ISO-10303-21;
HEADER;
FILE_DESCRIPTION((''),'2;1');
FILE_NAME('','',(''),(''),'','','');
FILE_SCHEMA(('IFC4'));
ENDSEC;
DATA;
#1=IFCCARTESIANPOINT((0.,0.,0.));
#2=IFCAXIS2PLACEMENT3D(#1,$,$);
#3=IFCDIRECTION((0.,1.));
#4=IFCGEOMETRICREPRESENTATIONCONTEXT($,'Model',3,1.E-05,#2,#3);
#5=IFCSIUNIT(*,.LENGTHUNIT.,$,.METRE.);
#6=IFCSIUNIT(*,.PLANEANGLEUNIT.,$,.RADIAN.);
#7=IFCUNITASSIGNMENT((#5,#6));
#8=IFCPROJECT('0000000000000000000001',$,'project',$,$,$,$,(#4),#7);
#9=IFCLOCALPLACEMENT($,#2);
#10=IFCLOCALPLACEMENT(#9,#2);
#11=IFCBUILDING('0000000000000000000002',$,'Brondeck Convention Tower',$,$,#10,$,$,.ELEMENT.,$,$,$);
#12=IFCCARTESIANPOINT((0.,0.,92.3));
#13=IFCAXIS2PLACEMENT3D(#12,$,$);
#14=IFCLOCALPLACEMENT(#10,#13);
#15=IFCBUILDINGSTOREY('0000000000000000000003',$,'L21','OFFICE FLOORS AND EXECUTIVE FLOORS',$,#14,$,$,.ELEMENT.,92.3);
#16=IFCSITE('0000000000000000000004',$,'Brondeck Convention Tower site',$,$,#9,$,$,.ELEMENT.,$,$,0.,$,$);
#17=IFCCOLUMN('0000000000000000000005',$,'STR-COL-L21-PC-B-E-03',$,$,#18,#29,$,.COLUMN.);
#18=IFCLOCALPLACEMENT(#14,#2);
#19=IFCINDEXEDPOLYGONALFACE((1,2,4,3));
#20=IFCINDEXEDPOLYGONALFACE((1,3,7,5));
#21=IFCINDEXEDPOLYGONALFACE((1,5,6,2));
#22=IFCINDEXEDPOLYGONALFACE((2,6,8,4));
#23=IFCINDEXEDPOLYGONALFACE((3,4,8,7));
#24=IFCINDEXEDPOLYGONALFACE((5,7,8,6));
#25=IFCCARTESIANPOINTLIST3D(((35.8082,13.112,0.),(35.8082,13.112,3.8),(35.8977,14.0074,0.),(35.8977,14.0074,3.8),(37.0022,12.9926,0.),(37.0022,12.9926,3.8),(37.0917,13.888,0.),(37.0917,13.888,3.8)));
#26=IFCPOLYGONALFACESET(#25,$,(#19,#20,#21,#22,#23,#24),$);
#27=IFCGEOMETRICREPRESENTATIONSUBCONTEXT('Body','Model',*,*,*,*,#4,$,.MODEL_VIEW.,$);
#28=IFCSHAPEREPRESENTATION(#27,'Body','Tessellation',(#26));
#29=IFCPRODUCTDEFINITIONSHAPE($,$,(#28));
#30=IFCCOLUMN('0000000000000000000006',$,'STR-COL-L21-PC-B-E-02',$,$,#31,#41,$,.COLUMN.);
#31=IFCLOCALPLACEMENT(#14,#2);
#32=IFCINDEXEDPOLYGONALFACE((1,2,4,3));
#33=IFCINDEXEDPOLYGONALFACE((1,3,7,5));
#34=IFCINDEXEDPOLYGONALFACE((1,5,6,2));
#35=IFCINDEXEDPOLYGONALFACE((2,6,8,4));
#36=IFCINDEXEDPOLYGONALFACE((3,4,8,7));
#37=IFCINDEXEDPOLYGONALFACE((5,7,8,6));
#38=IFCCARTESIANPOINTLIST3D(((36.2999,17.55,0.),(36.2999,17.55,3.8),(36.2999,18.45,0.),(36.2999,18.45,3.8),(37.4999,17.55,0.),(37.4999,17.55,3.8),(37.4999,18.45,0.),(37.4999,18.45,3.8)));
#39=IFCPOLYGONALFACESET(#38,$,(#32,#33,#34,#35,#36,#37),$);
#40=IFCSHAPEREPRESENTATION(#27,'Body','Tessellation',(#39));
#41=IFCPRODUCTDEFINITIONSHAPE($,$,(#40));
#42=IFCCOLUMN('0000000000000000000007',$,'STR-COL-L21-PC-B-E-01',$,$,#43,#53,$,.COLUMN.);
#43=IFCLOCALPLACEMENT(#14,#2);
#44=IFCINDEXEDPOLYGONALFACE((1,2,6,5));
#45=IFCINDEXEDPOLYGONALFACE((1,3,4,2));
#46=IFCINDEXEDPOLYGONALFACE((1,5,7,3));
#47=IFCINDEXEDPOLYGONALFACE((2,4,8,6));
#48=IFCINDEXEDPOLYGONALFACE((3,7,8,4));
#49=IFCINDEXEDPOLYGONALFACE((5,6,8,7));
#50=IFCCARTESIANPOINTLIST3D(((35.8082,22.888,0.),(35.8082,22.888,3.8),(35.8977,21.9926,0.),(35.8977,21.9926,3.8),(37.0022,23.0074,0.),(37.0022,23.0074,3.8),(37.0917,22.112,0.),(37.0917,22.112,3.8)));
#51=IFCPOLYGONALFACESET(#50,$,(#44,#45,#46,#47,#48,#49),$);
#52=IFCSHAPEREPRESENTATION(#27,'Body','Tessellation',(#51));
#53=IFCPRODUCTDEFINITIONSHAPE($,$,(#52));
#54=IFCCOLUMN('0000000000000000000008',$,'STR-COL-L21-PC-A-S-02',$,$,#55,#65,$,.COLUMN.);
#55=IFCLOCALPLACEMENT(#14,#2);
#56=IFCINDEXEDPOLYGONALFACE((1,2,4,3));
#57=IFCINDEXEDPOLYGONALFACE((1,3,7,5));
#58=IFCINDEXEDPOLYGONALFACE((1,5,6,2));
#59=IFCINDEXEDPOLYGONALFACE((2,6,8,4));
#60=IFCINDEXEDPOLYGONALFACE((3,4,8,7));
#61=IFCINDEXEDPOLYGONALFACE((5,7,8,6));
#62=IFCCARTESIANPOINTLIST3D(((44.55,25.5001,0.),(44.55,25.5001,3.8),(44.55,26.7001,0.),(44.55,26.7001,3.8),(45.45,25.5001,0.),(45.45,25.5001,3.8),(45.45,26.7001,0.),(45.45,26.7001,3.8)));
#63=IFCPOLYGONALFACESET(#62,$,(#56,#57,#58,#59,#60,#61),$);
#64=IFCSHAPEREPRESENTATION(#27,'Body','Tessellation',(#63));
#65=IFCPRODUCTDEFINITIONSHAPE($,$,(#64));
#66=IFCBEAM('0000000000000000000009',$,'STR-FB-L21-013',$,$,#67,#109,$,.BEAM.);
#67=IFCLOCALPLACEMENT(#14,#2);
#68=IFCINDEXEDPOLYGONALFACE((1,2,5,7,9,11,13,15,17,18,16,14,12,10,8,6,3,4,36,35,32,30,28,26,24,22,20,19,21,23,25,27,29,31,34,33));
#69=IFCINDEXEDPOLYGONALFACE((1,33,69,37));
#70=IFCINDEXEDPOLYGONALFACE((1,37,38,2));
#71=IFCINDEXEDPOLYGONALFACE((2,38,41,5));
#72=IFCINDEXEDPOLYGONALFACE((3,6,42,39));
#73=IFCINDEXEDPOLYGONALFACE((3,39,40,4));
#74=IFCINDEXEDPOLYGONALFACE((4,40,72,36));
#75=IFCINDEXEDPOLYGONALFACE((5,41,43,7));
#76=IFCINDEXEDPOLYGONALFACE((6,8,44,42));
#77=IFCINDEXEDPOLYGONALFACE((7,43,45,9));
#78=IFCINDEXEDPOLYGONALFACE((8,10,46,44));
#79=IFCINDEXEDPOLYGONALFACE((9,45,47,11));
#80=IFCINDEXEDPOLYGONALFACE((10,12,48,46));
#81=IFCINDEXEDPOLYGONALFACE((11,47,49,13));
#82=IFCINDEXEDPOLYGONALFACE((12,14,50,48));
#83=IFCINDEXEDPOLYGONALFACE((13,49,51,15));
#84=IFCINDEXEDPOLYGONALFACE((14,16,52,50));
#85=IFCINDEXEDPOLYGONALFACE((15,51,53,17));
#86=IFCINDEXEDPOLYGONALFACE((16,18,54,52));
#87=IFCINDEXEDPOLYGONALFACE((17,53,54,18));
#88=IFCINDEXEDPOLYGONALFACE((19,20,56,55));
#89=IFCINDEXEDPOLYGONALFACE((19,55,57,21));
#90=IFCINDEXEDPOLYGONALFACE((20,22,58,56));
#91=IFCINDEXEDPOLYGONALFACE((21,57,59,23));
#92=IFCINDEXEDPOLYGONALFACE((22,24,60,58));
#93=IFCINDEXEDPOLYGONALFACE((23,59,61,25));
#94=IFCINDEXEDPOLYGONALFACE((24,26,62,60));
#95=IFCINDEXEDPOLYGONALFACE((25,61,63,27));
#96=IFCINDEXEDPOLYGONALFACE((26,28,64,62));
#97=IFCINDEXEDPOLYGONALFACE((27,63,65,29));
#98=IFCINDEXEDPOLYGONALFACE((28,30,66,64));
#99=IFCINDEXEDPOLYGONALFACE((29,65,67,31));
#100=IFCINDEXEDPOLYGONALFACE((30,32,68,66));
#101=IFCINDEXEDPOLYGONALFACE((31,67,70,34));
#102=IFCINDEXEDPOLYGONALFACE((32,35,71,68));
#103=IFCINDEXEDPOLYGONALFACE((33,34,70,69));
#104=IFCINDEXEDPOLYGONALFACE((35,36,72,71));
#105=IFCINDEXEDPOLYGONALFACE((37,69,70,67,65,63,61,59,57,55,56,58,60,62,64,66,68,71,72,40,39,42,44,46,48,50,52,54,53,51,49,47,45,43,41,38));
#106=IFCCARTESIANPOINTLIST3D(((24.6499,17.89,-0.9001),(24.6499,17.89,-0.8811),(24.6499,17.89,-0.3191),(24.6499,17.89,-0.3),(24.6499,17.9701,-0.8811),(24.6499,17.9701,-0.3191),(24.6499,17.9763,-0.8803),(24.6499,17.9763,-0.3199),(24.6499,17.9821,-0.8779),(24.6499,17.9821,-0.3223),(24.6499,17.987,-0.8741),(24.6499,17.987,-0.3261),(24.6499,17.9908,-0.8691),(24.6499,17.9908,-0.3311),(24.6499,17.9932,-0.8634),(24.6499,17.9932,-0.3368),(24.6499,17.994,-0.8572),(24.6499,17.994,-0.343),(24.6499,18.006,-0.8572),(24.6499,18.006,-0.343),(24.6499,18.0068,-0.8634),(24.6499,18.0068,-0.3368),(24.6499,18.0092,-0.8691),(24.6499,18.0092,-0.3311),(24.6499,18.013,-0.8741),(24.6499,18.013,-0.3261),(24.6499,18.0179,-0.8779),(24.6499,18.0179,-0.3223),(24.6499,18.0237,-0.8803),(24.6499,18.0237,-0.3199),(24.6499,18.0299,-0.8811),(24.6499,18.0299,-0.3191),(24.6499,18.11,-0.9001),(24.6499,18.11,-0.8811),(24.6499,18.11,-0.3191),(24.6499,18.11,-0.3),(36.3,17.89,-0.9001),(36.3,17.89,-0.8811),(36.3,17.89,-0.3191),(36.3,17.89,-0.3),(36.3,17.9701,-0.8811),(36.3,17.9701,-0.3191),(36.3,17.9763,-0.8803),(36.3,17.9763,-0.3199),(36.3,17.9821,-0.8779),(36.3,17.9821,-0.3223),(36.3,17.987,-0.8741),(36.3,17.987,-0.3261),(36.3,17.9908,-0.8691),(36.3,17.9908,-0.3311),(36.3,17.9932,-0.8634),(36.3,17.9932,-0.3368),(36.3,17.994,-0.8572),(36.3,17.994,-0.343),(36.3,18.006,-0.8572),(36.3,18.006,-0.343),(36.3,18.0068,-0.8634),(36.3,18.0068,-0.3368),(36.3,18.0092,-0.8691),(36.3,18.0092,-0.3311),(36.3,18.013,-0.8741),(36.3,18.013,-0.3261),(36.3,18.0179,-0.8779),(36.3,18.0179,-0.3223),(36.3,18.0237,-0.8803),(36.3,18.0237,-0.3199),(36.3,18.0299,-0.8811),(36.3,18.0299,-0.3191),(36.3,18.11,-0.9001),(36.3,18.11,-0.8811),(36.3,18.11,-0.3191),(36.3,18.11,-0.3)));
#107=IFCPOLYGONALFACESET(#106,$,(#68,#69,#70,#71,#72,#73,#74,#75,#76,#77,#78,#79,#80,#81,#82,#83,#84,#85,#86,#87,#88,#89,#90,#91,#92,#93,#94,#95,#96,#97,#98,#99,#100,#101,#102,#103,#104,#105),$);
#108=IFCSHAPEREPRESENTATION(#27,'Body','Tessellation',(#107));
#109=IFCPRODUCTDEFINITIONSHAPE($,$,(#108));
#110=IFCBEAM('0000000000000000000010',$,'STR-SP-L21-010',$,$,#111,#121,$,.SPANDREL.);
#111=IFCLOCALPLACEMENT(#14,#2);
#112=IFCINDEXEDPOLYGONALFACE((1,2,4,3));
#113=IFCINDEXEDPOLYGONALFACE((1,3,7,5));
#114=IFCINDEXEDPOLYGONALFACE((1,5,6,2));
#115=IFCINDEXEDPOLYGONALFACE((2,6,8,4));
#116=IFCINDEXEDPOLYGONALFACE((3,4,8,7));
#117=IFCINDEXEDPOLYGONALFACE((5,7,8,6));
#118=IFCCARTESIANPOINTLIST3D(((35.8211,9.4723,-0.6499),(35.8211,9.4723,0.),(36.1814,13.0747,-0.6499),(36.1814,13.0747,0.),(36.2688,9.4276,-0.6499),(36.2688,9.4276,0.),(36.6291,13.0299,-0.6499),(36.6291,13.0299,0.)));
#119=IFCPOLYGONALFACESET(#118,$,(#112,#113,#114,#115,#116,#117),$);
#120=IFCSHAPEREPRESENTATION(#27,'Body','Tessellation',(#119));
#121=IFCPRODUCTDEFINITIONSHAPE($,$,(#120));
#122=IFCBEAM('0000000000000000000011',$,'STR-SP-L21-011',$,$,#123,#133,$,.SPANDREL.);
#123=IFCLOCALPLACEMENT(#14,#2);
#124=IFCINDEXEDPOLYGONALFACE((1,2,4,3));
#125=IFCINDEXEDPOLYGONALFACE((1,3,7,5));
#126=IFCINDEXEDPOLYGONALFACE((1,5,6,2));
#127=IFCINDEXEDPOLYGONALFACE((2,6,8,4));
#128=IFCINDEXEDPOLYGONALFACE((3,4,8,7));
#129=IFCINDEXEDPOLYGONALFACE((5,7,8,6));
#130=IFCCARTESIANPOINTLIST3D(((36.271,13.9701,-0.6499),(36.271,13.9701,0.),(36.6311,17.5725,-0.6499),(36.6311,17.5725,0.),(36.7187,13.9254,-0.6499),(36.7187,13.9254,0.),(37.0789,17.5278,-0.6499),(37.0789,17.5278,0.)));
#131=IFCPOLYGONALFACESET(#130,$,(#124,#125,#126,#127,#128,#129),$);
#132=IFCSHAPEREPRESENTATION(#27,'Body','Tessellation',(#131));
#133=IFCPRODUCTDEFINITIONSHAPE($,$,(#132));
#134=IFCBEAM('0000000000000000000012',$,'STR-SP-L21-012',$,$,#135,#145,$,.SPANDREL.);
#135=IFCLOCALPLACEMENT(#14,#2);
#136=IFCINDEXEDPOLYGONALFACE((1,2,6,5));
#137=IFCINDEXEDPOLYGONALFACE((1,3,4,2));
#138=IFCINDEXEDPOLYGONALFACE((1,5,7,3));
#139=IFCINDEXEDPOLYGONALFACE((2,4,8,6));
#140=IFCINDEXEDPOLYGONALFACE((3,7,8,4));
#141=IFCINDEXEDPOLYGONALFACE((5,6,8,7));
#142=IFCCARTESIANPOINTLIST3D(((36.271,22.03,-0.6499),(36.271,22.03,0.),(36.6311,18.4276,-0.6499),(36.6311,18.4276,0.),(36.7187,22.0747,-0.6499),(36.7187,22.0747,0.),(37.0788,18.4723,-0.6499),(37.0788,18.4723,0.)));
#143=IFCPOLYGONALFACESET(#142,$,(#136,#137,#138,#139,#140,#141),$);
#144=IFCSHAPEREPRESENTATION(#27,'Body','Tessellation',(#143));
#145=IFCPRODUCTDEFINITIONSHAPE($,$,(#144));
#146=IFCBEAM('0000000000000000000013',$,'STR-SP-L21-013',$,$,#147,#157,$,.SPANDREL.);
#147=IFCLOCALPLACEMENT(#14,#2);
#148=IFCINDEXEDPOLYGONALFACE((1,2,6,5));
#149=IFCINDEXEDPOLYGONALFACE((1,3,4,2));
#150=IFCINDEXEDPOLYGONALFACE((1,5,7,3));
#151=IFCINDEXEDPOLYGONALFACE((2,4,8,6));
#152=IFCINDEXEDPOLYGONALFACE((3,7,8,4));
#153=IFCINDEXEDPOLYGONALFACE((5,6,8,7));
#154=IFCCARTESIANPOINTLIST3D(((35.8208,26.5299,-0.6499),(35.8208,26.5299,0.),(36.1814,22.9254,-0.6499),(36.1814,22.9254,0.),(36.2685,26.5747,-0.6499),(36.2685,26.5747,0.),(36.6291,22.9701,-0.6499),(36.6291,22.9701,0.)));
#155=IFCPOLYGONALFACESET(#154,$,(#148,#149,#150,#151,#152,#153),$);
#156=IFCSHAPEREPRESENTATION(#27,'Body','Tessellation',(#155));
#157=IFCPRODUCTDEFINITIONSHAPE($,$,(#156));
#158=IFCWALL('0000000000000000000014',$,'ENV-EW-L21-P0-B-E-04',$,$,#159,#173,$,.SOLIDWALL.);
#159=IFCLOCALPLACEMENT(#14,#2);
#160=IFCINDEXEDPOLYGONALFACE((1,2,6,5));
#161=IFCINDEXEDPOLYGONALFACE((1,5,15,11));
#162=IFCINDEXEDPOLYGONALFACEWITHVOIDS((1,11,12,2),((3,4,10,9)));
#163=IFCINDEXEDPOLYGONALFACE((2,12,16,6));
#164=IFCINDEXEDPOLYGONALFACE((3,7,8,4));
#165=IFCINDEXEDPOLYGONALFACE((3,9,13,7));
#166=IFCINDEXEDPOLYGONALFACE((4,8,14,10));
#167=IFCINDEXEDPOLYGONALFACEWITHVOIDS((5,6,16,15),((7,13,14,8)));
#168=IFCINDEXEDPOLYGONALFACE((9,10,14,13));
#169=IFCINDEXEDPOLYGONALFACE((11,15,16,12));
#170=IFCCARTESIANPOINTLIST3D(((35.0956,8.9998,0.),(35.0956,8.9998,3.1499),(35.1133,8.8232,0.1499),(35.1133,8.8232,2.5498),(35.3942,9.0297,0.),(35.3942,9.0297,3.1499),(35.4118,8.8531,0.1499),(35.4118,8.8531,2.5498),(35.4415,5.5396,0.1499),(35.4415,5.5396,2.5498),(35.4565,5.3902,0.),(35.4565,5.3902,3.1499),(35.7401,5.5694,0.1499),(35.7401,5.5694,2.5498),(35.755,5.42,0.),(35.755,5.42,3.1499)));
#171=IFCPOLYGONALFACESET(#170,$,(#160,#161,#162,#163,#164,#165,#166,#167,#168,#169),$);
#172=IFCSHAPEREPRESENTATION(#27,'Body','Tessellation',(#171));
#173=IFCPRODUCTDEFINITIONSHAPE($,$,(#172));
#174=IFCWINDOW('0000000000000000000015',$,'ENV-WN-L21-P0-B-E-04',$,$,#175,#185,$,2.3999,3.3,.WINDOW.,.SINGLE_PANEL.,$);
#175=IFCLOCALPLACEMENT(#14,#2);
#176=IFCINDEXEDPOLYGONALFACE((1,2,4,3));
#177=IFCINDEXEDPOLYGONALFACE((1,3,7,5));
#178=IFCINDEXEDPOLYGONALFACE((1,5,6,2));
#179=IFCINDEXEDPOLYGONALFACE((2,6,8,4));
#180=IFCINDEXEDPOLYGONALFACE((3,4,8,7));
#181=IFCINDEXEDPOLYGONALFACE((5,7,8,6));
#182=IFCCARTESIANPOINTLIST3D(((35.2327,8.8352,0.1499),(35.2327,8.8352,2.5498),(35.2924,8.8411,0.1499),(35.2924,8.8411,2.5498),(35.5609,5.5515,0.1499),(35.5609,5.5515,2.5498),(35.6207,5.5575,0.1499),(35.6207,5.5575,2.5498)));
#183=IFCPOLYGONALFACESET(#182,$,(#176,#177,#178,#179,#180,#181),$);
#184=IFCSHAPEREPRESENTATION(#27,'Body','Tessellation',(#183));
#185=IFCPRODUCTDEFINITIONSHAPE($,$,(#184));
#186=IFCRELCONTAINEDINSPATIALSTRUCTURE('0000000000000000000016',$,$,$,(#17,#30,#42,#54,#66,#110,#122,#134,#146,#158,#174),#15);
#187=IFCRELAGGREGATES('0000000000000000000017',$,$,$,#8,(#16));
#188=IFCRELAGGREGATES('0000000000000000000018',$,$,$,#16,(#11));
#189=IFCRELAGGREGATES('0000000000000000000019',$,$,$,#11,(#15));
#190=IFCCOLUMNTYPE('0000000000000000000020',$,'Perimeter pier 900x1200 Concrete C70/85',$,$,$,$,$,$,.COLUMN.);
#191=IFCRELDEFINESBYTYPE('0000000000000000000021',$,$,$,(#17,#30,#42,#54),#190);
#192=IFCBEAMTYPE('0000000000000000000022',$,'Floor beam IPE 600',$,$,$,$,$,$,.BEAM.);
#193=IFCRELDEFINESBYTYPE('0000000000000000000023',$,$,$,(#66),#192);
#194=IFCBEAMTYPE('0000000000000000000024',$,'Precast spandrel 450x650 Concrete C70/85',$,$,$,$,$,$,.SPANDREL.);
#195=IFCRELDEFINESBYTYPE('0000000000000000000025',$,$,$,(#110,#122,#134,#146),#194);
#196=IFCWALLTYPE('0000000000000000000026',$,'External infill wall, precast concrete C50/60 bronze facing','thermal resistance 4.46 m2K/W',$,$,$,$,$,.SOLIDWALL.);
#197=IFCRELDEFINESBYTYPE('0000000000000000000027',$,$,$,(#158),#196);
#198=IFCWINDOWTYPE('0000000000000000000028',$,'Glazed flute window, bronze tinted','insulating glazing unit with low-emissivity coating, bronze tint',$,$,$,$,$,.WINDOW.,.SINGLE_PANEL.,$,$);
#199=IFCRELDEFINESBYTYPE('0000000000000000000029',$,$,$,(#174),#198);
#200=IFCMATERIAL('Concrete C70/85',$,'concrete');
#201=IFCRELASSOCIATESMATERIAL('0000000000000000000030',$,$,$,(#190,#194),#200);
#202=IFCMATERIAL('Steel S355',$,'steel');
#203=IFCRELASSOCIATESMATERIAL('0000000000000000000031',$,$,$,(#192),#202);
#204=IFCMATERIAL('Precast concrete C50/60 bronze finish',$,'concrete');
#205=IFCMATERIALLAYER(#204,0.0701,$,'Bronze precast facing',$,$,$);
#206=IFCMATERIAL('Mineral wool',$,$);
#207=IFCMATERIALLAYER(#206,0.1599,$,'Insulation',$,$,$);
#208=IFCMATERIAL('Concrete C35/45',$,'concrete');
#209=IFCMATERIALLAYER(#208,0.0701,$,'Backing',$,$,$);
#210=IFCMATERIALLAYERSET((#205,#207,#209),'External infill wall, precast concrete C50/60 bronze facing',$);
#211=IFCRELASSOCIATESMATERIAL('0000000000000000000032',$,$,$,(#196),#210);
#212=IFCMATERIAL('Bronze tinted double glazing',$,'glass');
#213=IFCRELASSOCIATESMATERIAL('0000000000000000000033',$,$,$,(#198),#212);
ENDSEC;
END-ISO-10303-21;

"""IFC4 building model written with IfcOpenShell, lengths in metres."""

from ifc_helpers import new_model, si_unit, direction, frame, frame_2d, origin, origin_2d, place, context, subcontext, project, spatial, rectangle, i_section, extrude, material, layer, layer_set, material_profile, profile_set, type_object, element, fill, save


model = new_model("IFC4")

# Units and contexts
model_context = context("Model", 3, precision=1e-05, world=origin(), true_north=direction((0.0, 1.0)))
body_context = subcontext(model_context, "Body", "Model", "MODEL_VIEW")
ifc_project = project(units=[si_unit("LENGTHUNIT", "METRE"), si_unit("PLANEANGLEUNIT", "RADIAN")], contexts=[model_context])

# Site, building, storey
site_placement = place(None, origin())
site = spatial("IfcSite", under=ifc_project, at=site_placement, Name="Brondeck Convention Tower site", CompositionType="ELEMENT", RefElevation=0.0)
building_placement = place(site_placement, origin())
building = spatial("IfcBuilding", under=site, at=building_placement, Name="Brondeck Convention Tower", CompositionType="ELEMENT")
storey_placement = place(building_placement, frame((0.0, 0.0, 92.3)))
storey = spatial("IfcBuildingStorey", under=building, at=storey_placement, Name="L21", Description="OFFICE FLOORS AND EXECUTIVE FLOORS", CompositionType="ELEMENT", Elevation=92.3)

# Columns
ifc_material_1 = material(Name="Concrete C70/85", Category="concrete")
ifc_material_profile_1 = material_profile(ifc_material_1, rectangle(XDim=0.8999, YDim=1.2, at=origin_2d()), Name="Perimeter pier 900x1200 Concrete C70/85")
ifc_profile_set_1 = profile_set([ifc_material_profile_1], Name="Concrete C70/85")
column_type = type_object("IfcColumnType", Name="Perimeter pier 900x1200 Concrete C70/85", PredefinedType="COLUMN", material=ifc_profile_set_1)
for number, where, z_axis, x_axis, name in (
    (1, (36.45, 13.5, 0.0), (0.0, 0.0, 1.0), (0.099504, 0.995037, 0.0), "STR-COL-L21-PC-B-E-03"),
    (2, (36.8999, 18.0, 0.0), (0.0, 0.0, 1.0), (0.0, 1.0, 0.0), "STR-COL-L21-PC-B-E-02"),
    (3, (36.45, 22.5, 0.0), (0.0, 0.0, 1.0), (-0.099504, 0.995037, 0.0), "STR-COL-L21-PC-B-E-01"),
    (4, (45.0, 26.1001, 0.0), (0.0, 0.0, 1.0), (1.0, 0.0, 0.0), "STR-COL-L21-PC-A-S-02"),
):
    element("IfcColumn", number, at=place(storey_placement, frame(where, z_axis=z_axis, x_axis=x_axis)), inside=storey, type_object=column_type, Name=name, PredefinedType="COLUMN", context=body_context, shape_type="SweptSolid", body=[
        extrude(rectangle(XDim=0.8999, YDim=1.2, at=origin_2d()), origin(), (0.0, 0.0, 1.0), 3.8),
    ])

# Beams
ifc_material_2 = material(Name="Steel S355", Category="steel")
ifc_material_profile_2 = material_profile(ifc_material_2, i_section(OverallWidth=0.22, OverallDepth=0.6001, WebThickness=0.012, FlangeThickness=0.019, FilletRadius=0.0239, at=origin_2d()), Name="IPE 600")
ifc_profile_set_2 = profile_set([ifc_material_profile_2], Name="Steel S355")
beam_type_1 = type_object("IfcBeamType", Name="Floor beam IPE 600", PredefinedType="BEAM", material=ifc_profile_set_2)
beam_1_placement = place(storey_placement, frame((24.6499, 18.0, -0.6001), z_axis=(1.0, 0.0, 0.0), x_axis=(0.0, 1.0, 0.0)))
element("IfcBeam", 5, at=beam_1_placement, inside=storey, type_object=beam_type_1, Name="STR-FB-L21-013", PredefinedType="BEAM", context=body_context, shape_type="SweptSolid", body=[
    extrude(i_section(OverallWidth=0.22, OverallDepth=0.6001, WebThickness=0.012, FlangeThickness=0.019, FilletRadius=0.0239, at=origin_2d()), origin(), (0.0, 0.0, 1.0), 11.6501),
])
ifc_material_profile_3 = material_profile(ifc_material_1, rectangle(XDim=0.45, YDim=0.6499, at=origin_2d()), Name="Precast spandrel 450x650 Concrete C70/85")
ifc_profile_set_3 = profile_set([ifc_material_profile_3], Name="Concrete C70/85")
beam_type_2 = type_object("IfcBeamType", Name="Precast spandrel 450x650 Concrete C70/85", PredefinedType="SPANDREL", material=ifc_profile_set_3)
for number, where, z_axis, x_axis, name in (
    (6, (36.0449, 9.45, -0.325), (0.099537, 0.995034, 0.0), (-0.995034, 0.099537, 0.0), "STR-SP-L21-010"),
    (7, (36.4949, 13.9478, -0.325), (0.09947, 0.995041, 0.0), (-0.995041, 0.09947, 0.0), "STR-SP-L21-011"),
    (8, (36.855, 18.45, -0.325), (-0.09947, 0.995041, 0.0), (-0.995041, -0.09947, 0.0), "STR-SP-L21-012"),
):
    element("IfcBeam", number, at=place(storey_placement, frame(where, z_axis=z_axis, x_axis=x_axis)), inside=storey, type_object=beam_type_2, Name=name, PredefinedType="SPANDREL", context=body_context, shape_type="SweptSolid", body=[
        extrude(rectangle(XDim=0.45, YDim=0.6499, at=origin_2d()), origin(), (0.0, 0.0, 1.0), 3.6204),
    ])
beam_2_placement = place(storey_placement, frame((36.4053, 22.9478, -0.325), z_axis=(-0.099544, 0.995033, 0.0), x_axis=(-0.995033, -0.099544, 0.0)))
element("IfcBeam", 9, at=beam_2_placement, inside=storey, type_object=beam_type_2, Name="STR-SP-L21-013", PredefinedType="SPANDREL", context=body_context, shape_type="SweptSolid", body=[
    extrude(rectangle(XDim=0.45, YDim=0.6499, at=origin_2d()), origin(), (0.0, 0.0, 1.0), 3.6226),
])

# Wall, opening, window
ifc_material_3 = material(Name="Precast concrete C50/60 bronze finish", Category="concrete")
ifc_layer_1 = layer(ifc_material_3, 0.0701, Name="Bronze precast facing")
ifc_material_4 = material(Name="Mineral wool")
ifc_layer_2 = layer(ifc_material_4, 0.1599, Name="Insulation")
ifc_material_5 = material(Name="Concrete C35/45", Category="concrete")
ifc_layer_3 = layer(ifc_material_5, 0.0701, Name="Backing")
ifc_layer_set_1 = layer_set([ifc_layer_1, ifc_layer_2, ifc_layer_3], Name="External infill wall, precast concrete C50/60 bronze facing")
wall_type_1 = type_object("IfcWallType", Name="External infill wall, precast concrete C50/60 bronze facing", Description="thermal resistance 4.46 m2K/W", PredefinedType="SOLIDWALL", material=ifc_layer_set_1)
wall_1_placement = place(storey_placement, frame((35.2449, 9.0149, 0.0), z_axis=(0.0, 0.0, 1.0), x_axis=(0.09947, -0.995041, 0.0)))
wall_1 = element("IfcWall", 10, at=wall_1_placement, inside=storey, type_object=wall_type_1, Name="ENV-EW-L21-P0-B-E-04", PredefinedType="SOLIDWALL", context=body_context, shape_type="SweptSolid", body=[
    extrude(rectangle(XDim=3.6277, YDim=0.3, at=frame_2d((1.814, 0.0))), origin(), (0.0, 0.0, 1.0), 3.1499),
])
opening_1_placement = place(wall_1_placement, frame((0.1777, 0.0, 0.1499)))
opening_1 = element("IfcOpeningElement", 11, at=opening_1_placement, cuts=wall_1, PredefinedType="OPENING", context=body_context, shape_type="SweptSolid", body=[
    extrude(rectangle(XDim=3.3, YDim=2.3999, at=frame_2d((1.6499, 1.2))), frame((0.0, 0.1599, 0.0), z_axis=(0.0, -1.0, 0.0), x_axis=(1.0, 0.0, 0.0)), (0.0, 0.0, 1.0), 0.3201),
])
ifc_material_6 = material(Name="Bronze tinted double glazing", Category="glass")
window_type_1 = type_object("IfcWindowType", Name="Glazed flute window, bronze tinted", Description="insulating glazing unit with low-emissivity coating, bronze tint", PartitioningType="SINGLE_PANEL", PredefinedType="WINDOW", material=ifc_material_6)
window_1_placement = place(opening_1_placement, origin())
window_1 = element("IfcWindow", 12, at=window_1_placement, inside=storey, type_object=window_type_1, Name="ENV-WN-L21-P0-B-E-04", OverallHeight=2.3999, OverallWidth=3.3, PartitioningType="SINGLE_PANEL", PredefinedType="WINDOW", context=body_context, shape_type="SweptSolid", body=[
    extrude(rectangle(XDim=3.3, YDim=2.3999, at=frame_2d((1.6499, 1.2))), frame((0.0, 0.03, 0.0), z_axis=(0.0, -1.0, 0.0), x_axis=(1.0, 0.0, 0.0)), (0.0, 0.0, 1.0), 0.0601),
])
fill(opening_1, window_1)

save(model, "model.ifc")
